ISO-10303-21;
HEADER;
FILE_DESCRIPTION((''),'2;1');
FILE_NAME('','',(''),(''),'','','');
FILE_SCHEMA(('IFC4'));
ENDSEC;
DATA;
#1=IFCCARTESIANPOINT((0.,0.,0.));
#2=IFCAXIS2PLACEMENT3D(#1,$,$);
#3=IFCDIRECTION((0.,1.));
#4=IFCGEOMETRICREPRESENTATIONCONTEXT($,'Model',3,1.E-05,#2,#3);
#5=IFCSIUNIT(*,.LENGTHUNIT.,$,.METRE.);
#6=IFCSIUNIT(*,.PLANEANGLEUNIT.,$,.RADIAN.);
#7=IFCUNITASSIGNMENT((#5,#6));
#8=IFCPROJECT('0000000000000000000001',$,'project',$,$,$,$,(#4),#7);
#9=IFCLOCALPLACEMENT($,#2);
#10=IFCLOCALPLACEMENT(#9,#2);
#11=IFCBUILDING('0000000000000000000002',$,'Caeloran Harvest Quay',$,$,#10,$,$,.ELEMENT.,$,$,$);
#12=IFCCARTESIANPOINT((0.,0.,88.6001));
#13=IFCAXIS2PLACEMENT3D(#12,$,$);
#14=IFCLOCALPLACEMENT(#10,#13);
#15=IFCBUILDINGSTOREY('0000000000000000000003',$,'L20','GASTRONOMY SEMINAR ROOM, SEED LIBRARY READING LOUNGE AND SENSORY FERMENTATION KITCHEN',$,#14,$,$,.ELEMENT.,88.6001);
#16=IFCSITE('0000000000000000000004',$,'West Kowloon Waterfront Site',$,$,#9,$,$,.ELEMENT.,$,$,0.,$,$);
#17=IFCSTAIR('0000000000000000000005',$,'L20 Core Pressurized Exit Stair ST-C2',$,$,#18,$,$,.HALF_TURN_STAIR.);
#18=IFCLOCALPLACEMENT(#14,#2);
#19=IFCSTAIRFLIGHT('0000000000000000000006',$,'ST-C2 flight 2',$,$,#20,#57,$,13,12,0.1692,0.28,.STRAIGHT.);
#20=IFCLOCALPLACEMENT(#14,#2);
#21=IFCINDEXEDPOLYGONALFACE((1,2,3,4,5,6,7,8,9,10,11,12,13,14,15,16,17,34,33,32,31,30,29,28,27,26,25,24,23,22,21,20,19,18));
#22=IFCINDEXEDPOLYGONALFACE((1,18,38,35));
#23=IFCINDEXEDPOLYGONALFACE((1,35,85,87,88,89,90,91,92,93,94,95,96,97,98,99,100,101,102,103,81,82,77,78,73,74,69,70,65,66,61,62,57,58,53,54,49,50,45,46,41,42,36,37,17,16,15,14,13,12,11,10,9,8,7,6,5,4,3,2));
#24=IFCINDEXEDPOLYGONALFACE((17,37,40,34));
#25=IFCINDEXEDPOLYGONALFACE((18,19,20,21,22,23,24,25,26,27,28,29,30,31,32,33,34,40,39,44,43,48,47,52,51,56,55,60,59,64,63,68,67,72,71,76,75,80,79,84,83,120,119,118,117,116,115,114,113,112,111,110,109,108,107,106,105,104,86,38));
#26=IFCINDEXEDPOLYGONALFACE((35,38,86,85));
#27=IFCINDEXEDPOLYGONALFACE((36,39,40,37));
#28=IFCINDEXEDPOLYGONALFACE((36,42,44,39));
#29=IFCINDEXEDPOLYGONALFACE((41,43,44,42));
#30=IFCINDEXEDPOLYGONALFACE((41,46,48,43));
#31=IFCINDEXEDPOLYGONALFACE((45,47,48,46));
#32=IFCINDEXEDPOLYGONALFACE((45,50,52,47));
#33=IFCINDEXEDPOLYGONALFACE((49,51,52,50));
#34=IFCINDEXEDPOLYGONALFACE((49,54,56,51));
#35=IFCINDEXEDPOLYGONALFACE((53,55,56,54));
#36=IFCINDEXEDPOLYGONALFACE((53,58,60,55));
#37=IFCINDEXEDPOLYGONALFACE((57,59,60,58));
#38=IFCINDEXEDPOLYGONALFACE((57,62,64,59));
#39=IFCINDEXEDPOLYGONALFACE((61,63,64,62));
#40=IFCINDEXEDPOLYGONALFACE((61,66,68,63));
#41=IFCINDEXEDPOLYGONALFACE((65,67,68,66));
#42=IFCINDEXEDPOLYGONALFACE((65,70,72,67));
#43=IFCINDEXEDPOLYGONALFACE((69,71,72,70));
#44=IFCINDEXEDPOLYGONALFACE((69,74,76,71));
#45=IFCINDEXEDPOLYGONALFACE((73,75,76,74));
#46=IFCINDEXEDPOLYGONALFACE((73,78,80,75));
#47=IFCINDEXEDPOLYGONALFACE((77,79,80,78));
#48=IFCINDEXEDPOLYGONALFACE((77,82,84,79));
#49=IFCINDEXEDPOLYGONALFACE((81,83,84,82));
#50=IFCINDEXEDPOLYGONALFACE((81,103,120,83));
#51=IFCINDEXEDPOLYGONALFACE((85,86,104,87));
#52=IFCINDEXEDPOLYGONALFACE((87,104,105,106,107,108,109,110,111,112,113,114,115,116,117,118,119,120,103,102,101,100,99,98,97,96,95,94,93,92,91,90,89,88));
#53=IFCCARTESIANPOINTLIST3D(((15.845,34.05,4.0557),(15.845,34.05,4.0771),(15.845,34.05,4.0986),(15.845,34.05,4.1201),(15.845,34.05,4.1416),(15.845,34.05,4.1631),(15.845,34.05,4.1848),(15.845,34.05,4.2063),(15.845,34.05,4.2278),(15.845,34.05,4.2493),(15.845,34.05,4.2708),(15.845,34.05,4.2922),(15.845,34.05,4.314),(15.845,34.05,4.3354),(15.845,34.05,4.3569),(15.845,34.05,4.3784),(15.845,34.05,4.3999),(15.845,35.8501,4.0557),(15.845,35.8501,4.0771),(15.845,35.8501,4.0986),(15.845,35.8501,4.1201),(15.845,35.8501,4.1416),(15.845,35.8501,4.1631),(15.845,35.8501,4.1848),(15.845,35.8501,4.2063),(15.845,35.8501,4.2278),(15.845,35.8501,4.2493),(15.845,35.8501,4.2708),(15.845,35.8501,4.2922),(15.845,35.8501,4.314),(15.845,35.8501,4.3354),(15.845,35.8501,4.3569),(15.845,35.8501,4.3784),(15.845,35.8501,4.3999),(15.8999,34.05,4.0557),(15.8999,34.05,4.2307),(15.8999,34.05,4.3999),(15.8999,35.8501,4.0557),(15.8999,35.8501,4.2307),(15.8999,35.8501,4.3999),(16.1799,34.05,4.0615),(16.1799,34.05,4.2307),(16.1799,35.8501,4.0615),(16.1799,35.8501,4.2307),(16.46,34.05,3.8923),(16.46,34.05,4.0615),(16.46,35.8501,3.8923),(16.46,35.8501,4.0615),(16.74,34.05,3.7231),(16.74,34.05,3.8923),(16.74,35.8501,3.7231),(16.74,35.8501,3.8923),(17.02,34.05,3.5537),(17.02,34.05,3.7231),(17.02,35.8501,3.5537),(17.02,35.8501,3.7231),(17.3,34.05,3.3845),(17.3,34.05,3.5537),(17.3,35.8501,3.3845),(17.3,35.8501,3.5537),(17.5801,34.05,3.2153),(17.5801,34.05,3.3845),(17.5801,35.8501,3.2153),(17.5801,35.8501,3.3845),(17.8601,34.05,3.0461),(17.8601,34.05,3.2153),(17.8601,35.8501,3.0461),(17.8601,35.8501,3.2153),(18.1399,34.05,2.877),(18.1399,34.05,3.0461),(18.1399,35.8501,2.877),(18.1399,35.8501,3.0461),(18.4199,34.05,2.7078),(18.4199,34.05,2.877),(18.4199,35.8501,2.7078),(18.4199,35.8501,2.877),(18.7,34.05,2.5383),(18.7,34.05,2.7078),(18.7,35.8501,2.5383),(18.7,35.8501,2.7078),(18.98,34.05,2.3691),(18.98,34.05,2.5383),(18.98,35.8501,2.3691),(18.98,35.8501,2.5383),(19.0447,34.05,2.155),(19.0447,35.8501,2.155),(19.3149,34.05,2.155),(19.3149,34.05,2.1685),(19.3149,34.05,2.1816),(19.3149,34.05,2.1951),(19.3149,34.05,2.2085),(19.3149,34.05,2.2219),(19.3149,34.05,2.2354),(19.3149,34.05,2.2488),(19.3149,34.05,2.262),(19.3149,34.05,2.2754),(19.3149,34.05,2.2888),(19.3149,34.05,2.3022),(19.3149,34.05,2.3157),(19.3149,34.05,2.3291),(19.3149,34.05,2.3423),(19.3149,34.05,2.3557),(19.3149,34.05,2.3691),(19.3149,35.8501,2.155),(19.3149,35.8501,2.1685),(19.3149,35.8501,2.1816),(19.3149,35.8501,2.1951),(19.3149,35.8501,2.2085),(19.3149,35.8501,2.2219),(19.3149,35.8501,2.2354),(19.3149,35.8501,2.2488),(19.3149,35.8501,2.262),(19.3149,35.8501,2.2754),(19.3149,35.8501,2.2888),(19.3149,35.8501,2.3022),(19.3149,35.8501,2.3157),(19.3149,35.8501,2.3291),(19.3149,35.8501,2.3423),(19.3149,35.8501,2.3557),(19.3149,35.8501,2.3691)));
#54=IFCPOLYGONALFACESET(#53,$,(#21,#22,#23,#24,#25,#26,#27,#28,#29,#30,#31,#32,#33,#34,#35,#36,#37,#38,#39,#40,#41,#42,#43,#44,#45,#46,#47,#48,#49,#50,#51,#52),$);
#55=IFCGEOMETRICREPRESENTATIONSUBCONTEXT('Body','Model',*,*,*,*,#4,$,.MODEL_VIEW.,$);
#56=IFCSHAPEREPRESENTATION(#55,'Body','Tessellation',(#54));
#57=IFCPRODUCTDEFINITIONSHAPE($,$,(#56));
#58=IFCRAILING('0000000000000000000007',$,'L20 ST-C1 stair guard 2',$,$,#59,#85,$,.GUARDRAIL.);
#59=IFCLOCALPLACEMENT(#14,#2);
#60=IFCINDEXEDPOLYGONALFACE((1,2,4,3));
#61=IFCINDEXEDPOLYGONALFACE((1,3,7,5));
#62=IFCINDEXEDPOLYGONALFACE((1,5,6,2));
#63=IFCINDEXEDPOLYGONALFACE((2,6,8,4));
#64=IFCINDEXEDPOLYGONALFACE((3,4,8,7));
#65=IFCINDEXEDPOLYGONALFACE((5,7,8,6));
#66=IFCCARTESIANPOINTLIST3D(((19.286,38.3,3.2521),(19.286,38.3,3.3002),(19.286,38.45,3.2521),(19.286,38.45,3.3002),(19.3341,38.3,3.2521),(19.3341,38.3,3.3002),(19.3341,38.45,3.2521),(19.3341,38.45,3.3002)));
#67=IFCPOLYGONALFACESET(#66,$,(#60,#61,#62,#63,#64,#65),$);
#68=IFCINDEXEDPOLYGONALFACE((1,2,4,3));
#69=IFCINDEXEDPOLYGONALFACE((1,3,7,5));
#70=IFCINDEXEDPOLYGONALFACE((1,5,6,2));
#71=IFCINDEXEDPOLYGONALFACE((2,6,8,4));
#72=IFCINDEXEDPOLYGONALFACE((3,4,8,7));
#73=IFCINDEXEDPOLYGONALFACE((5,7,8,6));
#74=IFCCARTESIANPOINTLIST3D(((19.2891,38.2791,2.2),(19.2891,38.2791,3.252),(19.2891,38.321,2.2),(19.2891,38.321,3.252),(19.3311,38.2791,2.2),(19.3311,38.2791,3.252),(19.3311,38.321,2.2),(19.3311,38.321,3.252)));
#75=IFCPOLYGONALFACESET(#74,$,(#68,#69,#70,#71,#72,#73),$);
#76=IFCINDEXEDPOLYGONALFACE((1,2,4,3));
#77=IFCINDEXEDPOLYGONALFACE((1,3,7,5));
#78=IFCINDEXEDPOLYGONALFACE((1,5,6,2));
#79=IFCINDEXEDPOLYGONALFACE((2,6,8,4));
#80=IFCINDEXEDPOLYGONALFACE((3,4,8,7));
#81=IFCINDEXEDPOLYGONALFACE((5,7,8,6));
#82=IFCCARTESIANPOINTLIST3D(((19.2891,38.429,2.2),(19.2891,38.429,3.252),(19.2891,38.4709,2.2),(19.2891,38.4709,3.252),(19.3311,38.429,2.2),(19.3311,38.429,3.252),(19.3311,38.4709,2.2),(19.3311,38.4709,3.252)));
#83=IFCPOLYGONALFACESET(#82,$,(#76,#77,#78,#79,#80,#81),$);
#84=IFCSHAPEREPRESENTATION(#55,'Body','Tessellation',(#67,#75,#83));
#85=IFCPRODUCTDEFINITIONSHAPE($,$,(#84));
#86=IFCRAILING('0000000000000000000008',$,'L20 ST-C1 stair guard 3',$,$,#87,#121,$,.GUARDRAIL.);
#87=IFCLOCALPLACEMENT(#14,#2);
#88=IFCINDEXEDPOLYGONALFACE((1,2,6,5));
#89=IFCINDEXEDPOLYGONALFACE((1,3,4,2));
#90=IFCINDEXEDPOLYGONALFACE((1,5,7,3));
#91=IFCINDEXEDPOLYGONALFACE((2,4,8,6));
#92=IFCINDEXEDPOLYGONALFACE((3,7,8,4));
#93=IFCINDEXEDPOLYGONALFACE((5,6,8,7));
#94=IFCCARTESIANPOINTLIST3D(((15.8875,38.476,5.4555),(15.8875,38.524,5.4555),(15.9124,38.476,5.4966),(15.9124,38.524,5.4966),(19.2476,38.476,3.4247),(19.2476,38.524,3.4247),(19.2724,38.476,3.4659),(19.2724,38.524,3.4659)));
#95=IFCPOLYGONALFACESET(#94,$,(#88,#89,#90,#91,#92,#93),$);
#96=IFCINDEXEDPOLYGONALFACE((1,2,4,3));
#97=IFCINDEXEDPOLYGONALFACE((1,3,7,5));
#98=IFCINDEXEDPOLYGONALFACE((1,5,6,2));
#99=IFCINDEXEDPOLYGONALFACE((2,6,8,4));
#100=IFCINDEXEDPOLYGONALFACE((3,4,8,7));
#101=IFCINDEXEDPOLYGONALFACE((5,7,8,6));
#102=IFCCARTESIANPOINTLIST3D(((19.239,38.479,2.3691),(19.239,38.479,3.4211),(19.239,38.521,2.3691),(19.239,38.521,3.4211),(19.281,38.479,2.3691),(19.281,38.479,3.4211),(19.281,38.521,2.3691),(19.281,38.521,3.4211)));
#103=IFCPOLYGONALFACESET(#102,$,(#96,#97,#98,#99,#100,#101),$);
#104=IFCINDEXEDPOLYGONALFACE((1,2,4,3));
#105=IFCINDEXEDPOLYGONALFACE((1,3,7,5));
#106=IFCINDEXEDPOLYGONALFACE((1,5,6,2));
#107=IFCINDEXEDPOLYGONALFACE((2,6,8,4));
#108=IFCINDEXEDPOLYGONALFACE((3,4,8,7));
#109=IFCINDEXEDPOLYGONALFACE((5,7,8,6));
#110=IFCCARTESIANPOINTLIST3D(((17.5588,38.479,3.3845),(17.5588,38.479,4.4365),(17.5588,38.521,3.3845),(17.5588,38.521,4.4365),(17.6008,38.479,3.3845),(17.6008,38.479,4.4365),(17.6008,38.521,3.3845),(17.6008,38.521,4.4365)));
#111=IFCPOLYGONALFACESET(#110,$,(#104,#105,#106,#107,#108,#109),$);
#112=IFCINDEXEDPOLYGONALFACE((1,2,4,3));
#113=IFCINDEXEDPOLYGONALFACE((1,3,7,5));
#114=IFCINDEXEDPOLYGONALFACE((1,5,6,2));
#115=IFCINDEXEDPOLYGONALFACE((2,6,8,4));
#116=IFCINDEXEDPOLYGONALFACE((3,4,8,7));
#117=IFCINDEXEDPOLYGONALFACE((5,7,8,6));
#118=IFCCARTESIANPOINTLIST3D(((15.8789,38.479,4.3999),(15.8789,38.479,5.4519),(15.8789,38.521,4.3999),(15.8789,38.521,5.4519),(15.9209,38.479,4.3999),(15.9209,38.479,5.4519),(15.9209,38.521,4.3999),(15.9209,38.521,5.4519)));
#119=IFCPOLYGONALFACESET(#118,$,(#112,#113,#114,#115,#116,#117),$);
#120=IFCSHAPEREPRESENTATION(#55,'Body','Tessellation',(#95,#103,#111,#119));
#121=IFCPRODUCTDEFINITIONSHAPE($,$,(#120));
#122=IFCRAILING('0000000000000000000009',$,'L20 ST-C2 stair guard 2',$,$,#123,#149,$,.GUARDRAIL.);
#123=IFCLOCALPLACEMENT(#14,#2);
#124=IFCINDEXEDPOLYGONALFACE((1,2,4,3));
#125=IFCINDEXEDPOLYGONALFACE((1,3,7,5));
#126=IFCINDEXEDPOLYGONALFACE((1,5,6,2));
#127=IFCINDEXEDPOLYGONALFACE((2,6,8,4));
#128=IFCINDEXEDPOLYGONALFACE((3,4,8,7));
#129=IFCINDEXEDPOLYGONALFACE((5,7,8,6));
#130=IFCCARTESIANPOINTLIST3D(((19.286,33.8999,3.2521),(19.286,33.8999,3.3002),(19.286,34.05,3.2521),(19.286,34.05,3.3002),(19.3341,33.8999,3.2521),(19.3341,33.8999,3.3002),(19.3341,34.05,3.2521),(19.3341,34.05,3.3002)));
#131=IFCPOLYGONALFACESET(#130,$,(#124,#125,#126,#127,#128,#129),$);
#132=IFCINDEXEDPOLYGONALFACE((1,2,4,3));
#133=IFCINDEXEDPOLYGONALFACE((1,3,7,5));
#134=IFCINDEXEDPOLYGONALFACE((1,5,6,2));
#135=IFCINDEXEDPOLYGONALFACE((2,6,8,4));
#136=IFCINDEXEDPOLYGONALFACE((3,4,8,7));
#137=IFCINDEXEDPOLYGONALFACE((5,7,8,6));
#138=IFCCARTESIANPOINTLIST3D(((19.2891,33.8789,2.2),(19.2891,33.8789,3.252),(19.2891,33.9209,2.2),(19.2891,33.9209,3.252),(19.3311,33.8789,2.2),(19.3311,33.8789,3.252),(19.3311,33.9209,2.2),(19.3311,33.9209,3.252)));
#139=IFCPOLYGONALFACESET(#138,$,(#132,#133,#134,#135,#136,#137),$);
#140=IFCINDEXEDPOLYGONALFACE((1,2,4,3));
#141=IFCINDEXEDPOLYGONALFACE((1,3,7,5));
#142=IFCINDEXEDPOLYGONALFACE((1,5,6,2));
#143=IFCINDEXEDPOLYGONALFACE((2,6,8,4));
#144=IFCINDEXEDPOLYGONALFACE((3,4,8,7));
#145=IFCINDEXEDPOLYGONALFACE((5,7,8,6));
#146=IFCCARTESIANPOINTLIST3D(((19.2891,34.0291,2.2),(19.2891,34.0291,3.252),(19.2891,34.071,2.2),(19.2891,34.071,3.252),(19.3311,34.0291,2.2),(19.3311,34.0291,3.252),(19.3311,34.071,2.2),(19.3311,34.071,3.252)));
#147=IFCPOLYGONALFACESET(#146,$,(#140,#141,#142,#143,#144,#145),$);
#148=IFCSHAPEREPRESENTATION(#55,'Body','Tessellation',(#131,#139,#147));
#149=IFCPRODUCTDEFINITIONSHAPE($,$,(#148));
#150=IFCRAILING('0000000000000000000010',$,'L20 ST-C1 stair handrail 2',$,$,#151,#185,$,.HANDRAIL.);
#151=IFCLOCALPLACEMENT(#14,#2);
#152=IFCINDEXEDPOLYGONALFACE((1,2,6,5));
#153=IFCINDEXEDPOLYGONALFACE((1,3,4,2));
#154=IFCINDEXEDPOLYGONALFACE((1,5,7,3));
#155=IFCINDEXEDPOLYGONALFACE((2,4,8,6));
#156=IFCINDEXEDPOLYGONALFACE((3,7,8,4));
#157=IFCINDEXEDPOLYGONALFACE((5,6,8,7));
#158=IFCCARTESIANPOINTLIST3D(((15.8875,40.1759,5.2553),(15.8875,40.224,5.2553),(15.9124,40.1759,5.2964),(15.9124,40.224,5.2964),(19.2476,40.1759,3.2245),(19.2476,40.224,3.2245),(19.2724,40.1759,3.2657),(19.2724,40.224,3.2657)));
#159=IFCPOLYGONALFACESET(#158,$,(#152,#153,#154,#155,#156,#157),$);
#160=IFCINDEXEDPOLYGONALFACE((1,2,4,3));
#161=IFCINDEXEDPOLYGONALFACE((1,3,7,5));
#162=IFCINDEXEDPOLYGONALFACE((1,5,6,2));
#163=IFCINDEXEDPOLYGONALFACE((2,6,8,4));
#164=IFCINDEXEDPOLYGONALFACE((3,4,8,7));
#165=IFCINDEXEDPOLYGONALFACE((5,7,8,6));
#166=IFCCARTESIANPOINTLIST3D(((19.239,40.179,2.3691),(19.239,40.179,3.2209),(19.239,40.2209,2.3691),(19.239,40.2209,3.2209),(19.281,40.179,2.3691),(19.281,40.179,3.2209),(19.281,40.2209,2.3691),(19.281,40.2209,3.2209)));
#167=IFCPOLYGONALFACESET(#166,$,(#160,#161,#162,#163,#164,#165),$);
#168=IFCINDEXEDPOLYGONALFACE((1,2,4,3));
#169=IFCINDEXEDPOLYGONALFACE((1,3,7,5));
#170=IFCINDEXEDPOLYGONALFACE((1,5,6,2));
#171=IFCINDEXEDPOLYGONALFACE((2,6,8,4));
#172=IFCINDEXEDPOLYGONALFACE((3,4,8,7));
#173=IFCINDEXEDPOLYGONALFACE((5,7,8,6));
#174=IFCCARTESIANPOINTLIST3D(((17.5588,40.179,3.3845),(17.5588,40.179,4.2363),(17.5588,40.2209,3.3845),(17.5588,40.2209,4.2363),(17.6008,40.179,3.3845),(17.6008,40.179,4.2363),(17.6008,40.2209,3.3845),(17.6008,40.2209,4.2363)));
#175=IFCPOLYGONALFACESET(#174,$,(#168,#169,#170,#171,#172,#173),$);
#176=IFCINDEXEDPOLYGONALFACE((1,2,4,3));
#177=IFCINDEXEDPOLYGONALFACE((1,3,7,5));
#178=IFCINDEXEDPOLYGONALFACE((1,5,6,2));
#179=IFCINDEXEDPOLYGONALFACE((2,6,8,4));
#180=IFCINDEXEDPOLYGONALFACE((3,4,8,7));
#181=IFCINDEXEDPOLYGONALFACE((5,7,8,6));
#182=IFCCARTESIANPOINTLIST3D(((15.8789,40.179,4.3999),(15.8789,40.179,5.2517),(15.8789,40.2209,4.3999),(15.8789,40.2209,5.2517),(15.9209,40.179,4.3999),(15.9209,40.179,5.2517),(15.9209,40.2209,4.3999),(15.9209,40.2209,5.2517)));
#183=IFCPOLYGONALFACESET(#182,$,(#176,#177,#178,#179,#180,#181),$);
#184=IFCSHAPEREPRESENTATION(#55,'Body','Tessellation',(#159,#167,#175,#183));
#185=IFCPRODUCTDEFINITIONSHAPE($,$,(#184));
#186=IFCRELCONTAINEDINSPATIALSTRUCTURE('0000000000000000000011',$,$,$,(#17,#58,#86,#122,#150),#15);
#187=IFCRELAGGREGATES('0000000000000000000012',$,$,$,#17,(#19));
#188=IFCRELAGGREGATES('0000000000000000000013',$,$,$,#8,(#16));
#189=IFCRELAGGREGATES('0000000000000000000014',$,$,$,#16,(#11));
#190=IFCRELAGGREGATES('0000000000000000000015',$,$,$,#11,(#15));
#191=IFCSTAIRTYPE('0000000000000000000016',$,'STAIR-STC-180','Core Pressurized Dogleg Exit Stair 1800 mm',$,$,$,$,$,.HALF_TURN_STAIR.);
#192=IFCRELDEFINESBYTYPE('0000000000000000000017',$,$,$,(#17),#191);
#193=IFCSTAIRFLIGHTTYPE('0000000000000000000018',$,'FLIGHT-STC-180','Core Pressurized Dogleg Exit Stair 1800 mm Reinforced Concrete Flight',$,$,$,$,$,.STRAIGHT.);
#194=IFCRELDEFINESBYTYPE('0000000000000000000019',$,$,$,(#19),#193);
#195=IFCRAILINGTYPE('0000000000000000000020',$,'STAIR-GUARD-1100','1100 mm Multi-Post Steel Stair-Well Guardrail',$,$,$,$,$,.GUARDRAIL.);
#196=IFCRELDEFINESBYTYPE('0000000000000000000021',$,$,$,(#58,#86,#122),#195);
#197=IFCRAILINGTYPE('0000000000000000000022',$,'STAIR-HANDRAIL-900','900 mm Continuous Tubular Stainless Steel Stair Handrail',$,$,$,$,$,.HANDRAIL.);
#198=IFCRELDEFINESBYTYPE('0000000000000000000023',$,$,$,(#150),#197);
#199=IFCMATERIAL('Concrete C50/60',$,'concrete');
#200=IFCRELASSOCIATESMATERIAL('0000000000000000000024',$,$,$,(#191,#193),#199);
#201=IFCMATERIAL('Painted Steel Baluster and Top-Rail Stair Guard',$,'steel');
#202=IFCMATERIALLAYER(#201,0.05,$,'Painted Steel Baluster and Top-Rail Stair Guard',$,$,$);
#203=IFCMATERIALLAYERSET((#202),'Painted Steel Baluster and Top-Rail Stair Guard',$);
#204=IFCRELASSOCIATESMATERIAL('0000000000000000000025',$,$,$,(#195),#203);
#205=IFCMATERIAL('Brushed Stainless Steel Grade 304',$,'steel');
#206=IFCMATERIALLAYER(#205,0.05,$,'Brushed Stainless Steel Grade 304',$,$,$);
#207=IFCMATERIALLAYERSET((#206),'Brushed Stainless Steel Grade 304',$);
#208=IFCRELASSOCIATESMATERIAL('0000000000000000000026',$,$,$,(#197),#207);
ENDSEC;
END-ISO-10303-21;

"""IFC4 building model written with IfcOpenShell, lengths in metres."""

from ifc_helpers import new_model, si_unit, direction, frame, origin, origin_2d, place, context, subcontext, project, spatial, polyline, rectangle, outline, extrude, material, layer, layer_set, type_object, element, aggregate, save


model = new_model("IFC4")

# Units and contexts
model_context = context("Model", 3, precision=1e-05, world=origin(), true_north=direction((0.0, 1.0)))
body_context = subcontext(model_context, "Body", "Model", "MODEL_VIEW")
ifc_project = project(units=[si_unit("LENGTHUNIT", "METRE"), si_unit("PLANEANGLEUNIT", "RADIAN")], contexts=[model_context])

# Site, building, storey
site_placement = place(None, origin())
site = spatial("IfcSite", under=ifc_project, at=site_placement, Name="West Kowloon Waterfront Site", CompositionType="ELEMENT", RefElevation=0.0)
building_placement = place(site_placement, origin())
building = spatial("IfcBuilding", under=site, at=building_placement, Name="Caeloran Harvest Quay", CompositionType="ELEMENT")
storey_placement = place(building_placement, frame((0.0, 0.0, 88.6001)))
storey = spatial("IfcBuildingStorey", under=building, at=storey_placement, Name="L20", Description="GASTRONOMY SEMINAR ROOM, SEED LIBRARY READING LOUNGE AND SENSORY FERMENTATION KITCHEN", CompositionType="ELEMENT", Elevation=88.6001)

# Shared definitions
ifc_material_1 = material(Name="Concrete C50/60", Category="concrete")

# Stair, stair flight
stair_type = type_object("IfcStairType", Name="STAIR-STC-180", Description="Core Pressurized Dogleg Exit Stair 1800 mm", PredefinedType="HALF_TURN_STAIR", material=ifc_material_1)
stair_flight_type = type_object("IfcStairFlightType", Name="FLIGHT-STC-180", Description="Core Pressurized Dogleg Exit Stair 1800 mm Reinforced Concrete Flight", PredefinedType="STRAIGHT", material=ifc_material_1)
stair_1_placement = place(storey_placement, origin())
stair_1 = element("IfcStair", 1, at=stair_1_placement, inside=storey, type_object=stair_type, Name="L20 Core Pressurized Exit Stair ST-C2", PredefinedType="HALF_TURN_STAIR")
stair_flight_1_placement = place(storey_placement, frame((19.26, 34.95, 2.2), z_axis=(0.0, 0.0, 1.0), x_axis=(-1.0, 0.0, 0.0)))
stair_flight_1 = element("IfcStairFlight", 2, at=stair_flight_1_placement, type_object=stair_flight_type, Name="ST-C2 flight 2", NumberOfRisers=13, NumberOfTreads=12, PredefinedType="STRAIGHT", RiserHeight=0.1692, TreadLength=0.28, context=body_context, shape_type="SweptSolid", body=[
    extrude(outline(polyline([(-0.0549, -0.0449), (-0.0549, -0.0315), (-0.0549, -0.0183), (-0.0549, -0.0049), (-0.0549, 0.0085), (-0.0549, 0.022), (-0.0549, 0.0354), (-0.0549, 0.0488), (-0.0549, 0.062), (-0.0549, 0.0754), (-0.0549, 0.0889), (-0.0549, 0.1023), (-0.0549, 0.1157), (-0.0549, 0.1292), (-0.0549, 0.1423), (-0.0549, 0.1558), (-0.0549, 0.1692), (0.28, 0.1692), (0.28, 0.3384), (0.5601, 0.3384), (0.5601, 0.5078), (0.8401, 0.5078), (0.8401, 0.677), (1.1201, 0.677), (1.1201, 0.8462), (1.3999, 0.8462), (1.3999, 1.0154), (1.6799, 1.0154), (1.6799, 1.1846), (1.96, 1.1846), (1.96, 1.3538), (2.24, 1.3538), (2.24, 1.5232), (2.52, 1.5232), (2.52, 1.6924), (2.8, 1.6924), (2.8, 1.8616), (3.0801, 1.8616), (3.0801, 2.0308), (3.3601, 2.0308), (3.3601, 2.2), (3.415, 2.2), (3.415, 2.1785), (3.415, 2.157), (3.415, 2.1355), (3.415, 2.114), (3.415, 2.0923), (3.415, 2.0708), (3.415, 2.0493), (3.415, 2.0278), (3.415, 2.0063), (3.415, 1.9849), (3.415, 1.9631), (3.415, 1.9417), (3.415, 1.9202), (3.415, 1.8987), (3.415, 1.8772), (3.415, 1.8557), (3.3601, 1.8557), (0.2153, -0.0449), (-0.0549, -0.0449)])), frame((0.0, 0.8999, 0.0), z_axis=(0.0, -1.0, 0.0), x_axis=(1.0, 0.0, 0.0)), (0.0, 0.0, 1.0), 1.8),
])
aggregate(stair_1, [stair_flight_1])

# Railings
ifc_material_2 = material(Name="Painted Steel Baluster and Top-Rail Stair Guard", Category="steel")
ifc_layer_1 = layer(ifc_material_2, 0.05, Name="Painted Steel Baluster and Top-Rail Stair Guard")
ifc_layer_set_1 = layer_set([ifc_layer_1], Name="Painted Steel Baluster and Top-Rail Stair Guard")
railing_type_1 = type_object("IfcRailingType", Name="STAIR-GUARD-1100", Description="1100 mm Multi-Post Steel Stair-Well Guardrail", PredefinedType="GUARDRAIL", material=ifc_layer_set_1)
railing_1_placement = place(storey_placement, frame((19.3101, 38.3, 2.2)))
element("IfcRailing", 3, at=railing_1_placement, inside=storey, type_object=railing_type_1, Name="L20 ST-C1 stair guard 2", PredefinedType="GUARDRAIL", context=body_context, shape_type="SweptSolid", body=[
    extrude(rectangle(XDim=0.0481, YDim=0.0481, at=origin_2d()), frame((0.0, 0.0, 1.0762), z_axis=(0.0, 1.0, 0.0), x_axis=(-1.0, 0.0, 0.0)), (0.0, 0.0, 1.0), 0.1499),
    extrude(rectangle(XDim=0.042, YDim=0.042, at=origin_2d()), origin(), (0.0, 0.0, 1.0), 1.052),
    extrude(rectangle(XDim=0.042, YDim=0.042, at=origin_2d()), frame((0.0, 0.1499, 0.0)), (0.0, 0.0, 1.0), 1.052),
])
railing_2_placement = place(storey_placement, frame((19.26, 38.5, 2.3691)))
element("IfcRailing", 4, at=railing_2_placement, inside=storey, type_object=railing_type_1, Name="L20 ST-C1 stair guard 3", PredefinedType="GUARDRAIL", context=body_context, shape_type="SweptSolid", body=[
    extrude(rectangle(XDim=0.0481, YDim=0.0481, at=origin_2d()), frame((0.0, 0.0, 1.0762), z_axis=(-0.855837, 0.0, 0.517246), x_axis=(0.0, -1.0, 0.0)), (0.0, 0.0, 1.0), 3.926),
    extrude(rectangle(XDim=0.042, YDim=0.042, at=origin_2d()), origin(), (0.0, 0.0, 1.0), 1.052),
    extrude(rectangle(XDim=0.042, YDim=0.042, at=origin_2d()), frame((-1.6802, 0.0, 1.0154)), (0.0, 0.0, 1.0), 1.052),
    extrude(rectangle(XDim=0.042, YDim=0.042, at=origin_2d()), frame((-3.3601, 0.0, 2.0308)), (0.0, 0.0, 1.0), 1.052),
])
railing_3_placement = place(storey_placement, frame((19.3101, 33.8999, 2.2)))
element("IfcRailing", 5, at=railing_3_placement, inside=storey, type_object=railing_type_1, Name="L20 ST-C2 stair guard 2", PredefinedType="GUARDRAIL", context=body_context, shape_type="SweptSolid", body=[
    extrude(rectangle(XDim=0.0481, YDim=0.0481, at=origin_2d()), frame((0.0, 0.0, 1.0762), z_axis=(0.0, 1.0, 0.0), x_axis=(-1.0, 0.0, 0.0)), (0.0, 0.0, 1.0), 0.1501),
    extrude(rectangle(XDim=0.042, YDim=0.042, at=origin_2d()), origin(), (0.0, 0.0, 1.0), 1.052),
    extrude(rectangle(XDim=0.042, YDim=0.042, at=origin_2d()), frame((0.0, 0.1501, 0.0)), (0.0, 0.0, 1.0), 1.052),
])
ifc_material_3 = material(Name="Brushed Stainless Steel Grade 304", Category="steel")
ifc_layer_2 = layer(ifc_material_3, 0.05, Name="Brushed Stainless Steel Grade 304")
ifc_layer_set_2 = layer_set([ifc_layer_2], Name="Brushed Stainless Steel Grade 304")
railing_type_2 = type_object("IfcRailingType", Name="STAIR-HANDRAIL-900", Description="900 mm Continuous Tubular Stainless Steel Stair Handrail", PredefinedType="HANDRAIL", material=ifc_layer_set_2)
for number, where, name in (
    (6, (19.26, 40.2, 2.3691), "L20 ST-C1 stair handrail 2"),
):
    element("IfcRailing", number, at=place(storey_placement, frame(where)), inside=storey, type_object=railing_type_2, Name=name, PredefinedType="HANDRAIL", context=body_context, shape_type="SweptSolid", body=[
        extrude(rectangle(XDim=0.0481, YDim=0.0481, at=origin_2d()), frame((0.0, 0.0, 0.876), z_axis=(-0.855837, 0.0, 0.517246), x_axis=(0.0, -1.0, 0.0)), (0.0, 0.0, 1.0), 3.926),
        extrude(rectangle(XDim=0.042, YDim=0.042, at=origin_2d()), origin(), (0.0, 0.0, 1.0), 0.8518),
        extrude(rectangle(XDim=0.042, YDim=0.042, at=origin_2d()), frame((-1.6802, 0.0, 1.0154)), (0.0, 0.0, 1.0), 0.8518),
        extrude(rectangle(XDim=0.042, YDim=0.042, at=origin_2d()), frame((-3.3601, 0.0, 2.0308)), (0.0, 0.0, 1.0), 0.8518),
    ])

save(model, "model.ifc")
